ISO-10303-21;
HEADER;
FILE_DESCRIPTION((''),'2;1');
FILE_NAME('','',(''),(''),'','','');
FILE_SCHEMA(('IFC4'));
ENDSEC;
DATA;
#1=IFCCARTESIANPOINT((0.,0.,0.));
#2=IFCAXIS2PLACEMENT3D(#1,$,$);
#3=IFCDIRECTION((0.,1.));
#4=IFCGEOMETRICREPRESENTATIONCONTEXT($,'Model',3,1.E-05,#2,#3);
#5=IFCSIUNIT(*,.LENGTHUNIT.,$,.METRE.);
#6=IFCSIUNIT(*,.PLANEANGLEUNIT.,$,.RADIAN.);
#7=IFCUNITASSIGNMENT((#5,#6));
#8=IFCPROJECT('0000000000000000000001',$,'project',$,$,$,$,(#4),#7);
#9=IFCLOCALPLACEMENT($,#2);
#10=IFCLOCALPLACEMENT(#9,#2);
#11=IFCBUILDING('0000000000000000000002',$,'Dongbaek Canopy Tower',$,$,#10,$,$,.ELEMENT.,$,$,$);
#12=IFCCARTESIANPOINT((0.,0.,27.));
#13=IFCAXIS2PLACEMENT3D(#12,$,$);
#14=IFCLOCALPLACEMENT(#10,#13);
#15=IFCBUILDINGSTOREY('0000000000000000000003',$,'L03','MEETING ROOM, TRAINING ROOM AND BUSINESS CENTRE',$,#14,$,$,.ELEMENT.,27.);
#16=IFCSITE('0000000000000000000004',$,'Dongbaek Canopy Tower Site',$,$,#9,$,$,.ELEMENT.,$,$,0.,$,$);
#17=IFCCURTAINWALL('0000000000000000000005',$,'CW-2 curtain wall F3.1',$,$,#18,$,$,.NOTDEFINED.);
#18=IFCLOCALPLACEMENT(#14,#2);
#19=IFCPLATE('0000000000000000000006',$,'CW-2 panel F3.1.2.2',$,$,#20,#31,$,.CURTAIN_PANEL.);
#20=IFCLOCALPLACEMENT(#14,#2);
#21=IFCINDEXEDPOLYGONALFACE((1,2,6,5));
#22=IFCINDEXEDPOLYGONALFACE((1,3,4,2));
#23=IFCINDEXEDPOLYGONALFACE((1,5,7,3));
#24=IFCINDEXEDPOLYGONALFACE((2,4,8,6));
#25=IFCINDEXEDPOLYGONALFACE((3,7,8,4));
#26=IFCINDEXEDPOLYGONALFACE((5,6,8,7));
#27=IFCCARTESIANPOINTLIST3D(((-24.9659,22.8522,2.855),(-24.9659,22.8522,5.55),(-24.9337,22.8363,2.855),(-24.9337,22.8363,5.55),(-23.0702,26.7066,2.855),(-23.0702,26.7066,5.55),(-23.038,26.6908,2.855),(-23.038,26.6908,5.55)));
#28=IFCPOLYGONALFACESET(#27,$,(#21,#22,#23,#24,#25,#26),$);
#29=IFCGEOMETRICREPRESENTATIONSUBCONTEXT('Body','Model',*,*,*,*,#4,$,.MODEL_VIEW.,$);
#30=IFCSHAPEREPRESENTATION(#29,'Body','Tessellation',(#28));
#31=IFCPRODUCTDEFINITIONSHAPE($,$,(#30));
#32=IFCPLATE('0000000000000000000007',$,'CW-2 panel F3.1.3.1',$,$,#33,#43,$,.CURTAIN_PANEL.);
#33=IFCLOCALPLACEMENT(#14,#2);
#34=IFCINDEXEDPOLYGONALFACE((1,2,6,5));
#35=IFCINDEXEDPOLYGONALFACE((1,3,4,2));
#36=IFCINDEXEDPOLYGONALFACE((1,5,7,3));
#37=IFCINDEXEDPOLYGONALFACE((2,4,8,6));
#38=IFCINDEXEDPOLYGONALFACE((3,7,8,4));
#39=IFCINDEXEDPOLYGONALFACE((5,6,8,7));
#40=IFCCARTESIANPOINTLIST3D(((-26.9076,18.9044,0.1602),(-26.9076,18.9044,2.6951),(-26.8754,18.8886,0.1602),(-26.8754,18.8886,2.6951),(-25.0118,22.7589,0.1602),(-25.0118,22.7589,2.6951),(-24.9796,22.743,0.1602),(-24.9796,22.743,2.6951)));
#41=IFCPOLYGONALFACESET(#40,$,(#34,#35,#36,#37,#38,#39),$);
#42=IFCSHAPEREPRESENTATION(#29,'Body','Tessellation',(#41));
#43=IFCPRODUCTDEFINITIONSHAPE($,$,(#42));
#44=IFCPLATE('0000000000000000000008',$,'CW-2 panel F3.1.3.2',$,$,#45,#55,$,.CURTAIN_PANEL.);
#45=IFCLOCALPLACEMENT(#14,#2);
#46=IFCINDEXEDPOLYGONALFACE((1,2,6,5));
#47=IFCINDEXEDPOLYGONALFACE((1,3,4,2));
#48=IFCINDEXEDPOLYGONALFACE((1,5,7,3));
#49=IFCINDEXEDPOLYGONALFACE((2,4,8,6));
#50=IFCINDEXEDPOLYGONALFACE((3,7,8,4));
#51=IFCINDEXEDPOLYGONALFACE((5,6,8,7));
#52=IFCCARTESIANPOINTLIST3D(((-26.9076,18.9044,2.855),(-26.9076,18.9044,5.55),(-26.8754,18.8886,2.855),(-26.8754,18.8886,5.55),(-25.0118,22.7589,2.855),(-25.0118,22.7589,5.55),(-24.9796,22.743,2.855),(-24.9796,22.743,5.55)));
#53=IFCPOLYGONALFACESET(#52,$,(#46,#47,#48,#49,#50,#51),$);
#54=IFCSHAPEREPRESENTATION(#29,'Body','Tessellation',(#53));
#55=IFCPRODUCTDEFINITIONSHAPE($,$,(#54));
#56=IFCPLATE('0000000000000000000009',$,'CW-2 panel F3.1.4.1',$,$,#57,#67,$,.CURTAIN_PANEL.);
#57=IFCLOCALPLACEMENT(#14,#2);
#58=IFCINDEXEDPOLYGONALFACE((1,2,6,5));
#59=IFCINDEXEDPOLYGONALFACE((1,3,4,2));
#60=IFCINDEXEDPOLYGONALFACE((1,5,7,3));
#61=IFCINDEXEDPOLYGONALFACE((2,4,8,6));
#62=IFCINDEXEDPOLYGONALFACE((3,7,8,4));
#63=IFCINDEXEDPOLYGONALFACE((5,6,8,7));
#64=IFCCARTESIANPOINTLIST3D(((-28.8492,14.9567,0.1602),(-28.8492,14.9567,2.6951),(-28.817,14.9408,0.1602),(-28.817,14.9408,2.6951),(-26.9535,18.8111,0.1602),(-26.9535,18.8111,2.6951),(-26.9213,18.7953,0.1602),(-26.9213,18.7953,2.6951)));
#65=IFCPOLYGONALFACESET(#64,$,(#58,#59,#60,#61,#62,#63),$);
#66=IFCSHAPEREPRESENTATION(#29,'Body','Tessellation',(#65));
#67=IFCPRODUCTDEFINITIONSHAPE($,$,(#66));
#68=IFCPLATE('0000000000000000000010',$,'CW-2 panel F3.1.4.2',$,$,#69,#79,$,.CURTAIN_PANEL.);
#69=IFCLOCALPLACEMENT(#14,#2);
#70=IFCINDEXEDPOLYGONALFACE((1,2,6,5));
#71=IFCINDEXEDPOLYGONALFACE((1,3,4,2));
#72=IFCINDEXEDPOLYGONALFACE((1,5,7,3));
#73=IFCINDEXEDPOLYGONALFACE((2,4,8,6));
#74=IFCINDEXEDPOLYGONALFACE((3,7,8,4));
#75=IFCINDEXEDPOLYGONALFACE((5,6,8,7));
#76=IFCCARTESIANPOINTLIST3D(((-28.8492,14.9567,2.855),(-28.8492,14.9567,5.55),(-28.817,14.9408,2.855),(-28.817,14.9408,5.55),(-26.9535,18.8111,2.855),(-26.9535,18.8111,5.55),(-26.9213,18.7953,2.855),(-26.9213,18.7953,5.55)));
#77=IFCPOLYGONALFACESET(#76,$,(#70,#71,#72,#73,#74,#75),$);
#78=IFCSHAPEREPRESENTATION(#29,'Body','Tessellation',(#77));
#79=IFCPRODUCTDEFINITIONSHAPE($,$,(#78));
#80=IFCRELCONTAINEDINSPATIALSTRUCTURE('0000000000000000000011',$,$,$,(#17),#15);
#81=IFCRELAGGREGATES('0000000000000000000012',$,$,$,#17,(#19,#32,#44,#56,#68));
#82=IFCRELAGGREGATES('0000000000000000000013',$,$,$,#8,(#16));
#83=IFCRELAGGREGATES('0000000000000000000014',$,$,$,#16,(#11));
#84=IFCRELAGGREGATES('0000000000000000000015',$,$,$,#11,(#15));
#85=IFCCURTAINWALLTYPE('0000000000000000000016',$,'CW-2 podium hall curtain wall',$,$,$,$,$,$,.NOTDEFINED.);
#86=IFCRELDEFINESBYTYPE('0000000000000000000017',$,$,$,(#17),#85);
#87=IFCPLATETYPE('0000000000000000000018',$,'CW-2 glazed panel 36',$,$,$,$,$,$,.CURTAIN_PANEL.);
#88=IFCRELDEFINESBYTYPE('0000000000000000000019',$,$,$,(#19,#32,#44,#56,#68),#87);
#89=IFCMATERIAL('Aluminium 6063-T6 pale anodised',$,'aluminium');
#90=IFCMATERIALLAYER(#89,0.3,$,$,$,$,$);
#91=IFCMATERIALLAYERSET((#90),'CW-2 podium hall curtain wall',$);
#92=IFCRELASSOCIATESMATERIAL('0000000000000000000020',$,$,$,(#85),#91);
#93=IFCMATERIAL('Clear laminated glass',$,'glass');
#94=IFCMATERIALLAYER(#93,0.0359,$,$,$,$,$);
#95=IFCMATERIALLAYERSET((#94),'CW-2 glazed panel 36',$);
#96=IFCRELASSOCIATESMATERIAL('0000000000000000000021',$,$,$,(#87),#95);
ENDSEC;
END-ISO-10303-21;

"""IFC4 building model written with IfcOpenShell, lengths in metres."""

from ifc_helpers import new_model, si_unit, direction, frame, origin, origin_2d, place, context, subcontext, project, spatial, rectangle, extrude, material, layer, layer_set, type_object, element, aggregate, save


model = new_model("IFC4")

# Units and contexts
model_context = context("Model", 3, precision=1e-05, world=origin(), true_north=direction((0.0, 1.0)))
body_context = subcontext(model_context, "Body", "Model", "MODEL_VIEW")
ifc_project = project(units=[si_unit("LENGTHUNIT", "METRE"), si_unit("PLANEANGLEUNIT", "RADIAN")], contexts=[model_context])

# Site, building, storey
site_placement = place(None, origin())
site = spatial("IfcSite", under=ifc_project, at=site_placement, Name="Dongbaek Canopy Tower Site", CompositionType="ELEMENT", RefElevation=0.0)
building_placement = place(site_placement, origin())
building = spatial("IfcBuilding", under=site, at=building_placement, Name="Dongbaek Canopy Tower", CompositionType="ELEMENT")
storey_placement = place(building_placement, frame((0.0, 0.0, 27.0)))
storey = spatial("IfcBuildingStorey", under=building, at=storey_placement, Name="L03", Description="MEETING ROOM, TRAINING ROOM AND BUSINESS CENTRE", CompositionType="ELEMENT", Elevation=27.0)

# Curtain wall
ifc_material_1 = material(Name="Aluminium 6063-T6 pale anodised", Category="aluminium")
ifc_layer_1 = layer(ifc_material_1, 0.3)
ifc_layer_set_1 = layer_set([ifc_layer_1], Name="CW-2 podium hall curtain wall")
curtain_wall_type = type_object("IfcCurtainWallType", Name="CW-2 podium hall curtain wall", PredefinedType="NOTDEFINED", material=ifc_layer_set_1)
curtain_wall_1_placement = place(storey_placement, origin())
curtain_wall_1 = element("IfcCurtainWall", 1, at=curtain_wall_1_placement, inside=storey, type_object=curtain_wall_type, Name="CW-2 curtain wall F3.1", PredefinedType="NOTDEFINED")

# Plates
ifc_material_2 = material(Name="Clear laminated glass", Category="glass")
ifc_layer_2 = layer(ifc_material_2, 0.0359)
ifc_layer_set_2 = layer_set([ifc_layer_2], Name="CW-2 glazed panel 36")
plate_type = type_object("IfcPlateType", Name="CW-2 glazed panel 36", PredefinedType="CURTAIN_PANEL", material=ifc_layer_set_2)
plate_1_placement = place(storey_placement, frame((-24.002, 24.7715, 2.855), z_axis=(0.0, 0.0, 1.0), x_axis=(-0.441342, -0.897339, 0.0)))
plate_1 = element("IfcPlate", 2, at=plate_1_placement, type_object=plate_type, Name="CW-2 panel F3.1.2.2", PredefinedType="CURTAIN_PANEL", context=body_context, shape_type="SweptSolid", body=[
    extrude(rectangle(XDim=4.2954, YDim=0.0359, at=origin_2d()), origin(), (0.0, 0.0, 1.0), 2.6951),
])
plate_2_placement = place(storey_placement, frame((-25.9436, 20.8237, 0.1602), z_axis=(0.0, 0.0, 1.0), x_axis=(-0.441342, -0.897339, 0.0)))
plate_2 = element("IfcPlate", 3, at=plate_2_placement, type_object=plate_type, Name="CW-2 panel F3.1.3.1", PredefinedType="CURTAIN_PANEL", context=body_context, shape_type="SweptSolid", body=[
    extrude(rectangle(XDim=4.2954, YDim=0.0359, at=origin_2d()), origin(), (0.0, 0.0, 1.0), 2.5349),
])
plate_3_placement = place(storey_placement, frame((-25.9436, 20.8237, 2.855), z_axis=(0.0, 0.0, 1.0), x_axis=(-0.441342, -0.897339, 0.0)))
plate_3 = element("IfcPlate", 4, at=plate_3_placement, type_object=plate_type, Name="CW-2 panel F3.1.3.2", PredefinedType="CURTAIN_PANEL", context=body_context, shape_type="SweptSolid", body=[
    extrude(rectangle(XDim=4.2954, YDim=0.0359, at=origin_2d()), origin(), (0.0, 0.0, 1.0), 2.6951),
])
plate_4_placement = place(storey_placement, frame((-27.8853, 16.876, 0.1602), z_axis=(0.0, 0.0, 1.0), x_axis=(-0.441342, -0.897339, 0.0)))
plate_4 = element("IfcPlate", 5, at=plate_4_placement, type_object=plate_type, Name="CW-2 panel F3.1.4.1", PredefinedType="CURTAIN_PANEL", context=body_context, shape_type="SweptSolid", body=[
    extrude(rectangle(XDim=4.2954, YDim=0.0359, at=origin_2d()), origin(), (0.0, 0.0, 1.0), 2.5349),
])
plate_5_placement = place(storey_placement, frame((-27.8853, 16.876, 2.855), z_axis=(0.0, 0.0, 1.0), x_axis=(-0.441342, -0.897339, 0.0)))
plate_5 = element("IfcPlate", 6, at=plate_5_placement, type_object=plate_type, Name="CW-2 panel F3.1.4.2", PredefinedType="CURTAIN_PANEL", context=body_context, shape_type="SweptSolid", body=[
    extrude(rectangle(XDim=4.2954, YDim=0.0359, at=origin_2d()), origin(), (0.0, 0.0, 1.0), 2.6951),
])
aggregate(curtain_wall_1, [plate_1, plate_2, plate_3, plate_4, plate_5])

save(model, "model.ifc")
